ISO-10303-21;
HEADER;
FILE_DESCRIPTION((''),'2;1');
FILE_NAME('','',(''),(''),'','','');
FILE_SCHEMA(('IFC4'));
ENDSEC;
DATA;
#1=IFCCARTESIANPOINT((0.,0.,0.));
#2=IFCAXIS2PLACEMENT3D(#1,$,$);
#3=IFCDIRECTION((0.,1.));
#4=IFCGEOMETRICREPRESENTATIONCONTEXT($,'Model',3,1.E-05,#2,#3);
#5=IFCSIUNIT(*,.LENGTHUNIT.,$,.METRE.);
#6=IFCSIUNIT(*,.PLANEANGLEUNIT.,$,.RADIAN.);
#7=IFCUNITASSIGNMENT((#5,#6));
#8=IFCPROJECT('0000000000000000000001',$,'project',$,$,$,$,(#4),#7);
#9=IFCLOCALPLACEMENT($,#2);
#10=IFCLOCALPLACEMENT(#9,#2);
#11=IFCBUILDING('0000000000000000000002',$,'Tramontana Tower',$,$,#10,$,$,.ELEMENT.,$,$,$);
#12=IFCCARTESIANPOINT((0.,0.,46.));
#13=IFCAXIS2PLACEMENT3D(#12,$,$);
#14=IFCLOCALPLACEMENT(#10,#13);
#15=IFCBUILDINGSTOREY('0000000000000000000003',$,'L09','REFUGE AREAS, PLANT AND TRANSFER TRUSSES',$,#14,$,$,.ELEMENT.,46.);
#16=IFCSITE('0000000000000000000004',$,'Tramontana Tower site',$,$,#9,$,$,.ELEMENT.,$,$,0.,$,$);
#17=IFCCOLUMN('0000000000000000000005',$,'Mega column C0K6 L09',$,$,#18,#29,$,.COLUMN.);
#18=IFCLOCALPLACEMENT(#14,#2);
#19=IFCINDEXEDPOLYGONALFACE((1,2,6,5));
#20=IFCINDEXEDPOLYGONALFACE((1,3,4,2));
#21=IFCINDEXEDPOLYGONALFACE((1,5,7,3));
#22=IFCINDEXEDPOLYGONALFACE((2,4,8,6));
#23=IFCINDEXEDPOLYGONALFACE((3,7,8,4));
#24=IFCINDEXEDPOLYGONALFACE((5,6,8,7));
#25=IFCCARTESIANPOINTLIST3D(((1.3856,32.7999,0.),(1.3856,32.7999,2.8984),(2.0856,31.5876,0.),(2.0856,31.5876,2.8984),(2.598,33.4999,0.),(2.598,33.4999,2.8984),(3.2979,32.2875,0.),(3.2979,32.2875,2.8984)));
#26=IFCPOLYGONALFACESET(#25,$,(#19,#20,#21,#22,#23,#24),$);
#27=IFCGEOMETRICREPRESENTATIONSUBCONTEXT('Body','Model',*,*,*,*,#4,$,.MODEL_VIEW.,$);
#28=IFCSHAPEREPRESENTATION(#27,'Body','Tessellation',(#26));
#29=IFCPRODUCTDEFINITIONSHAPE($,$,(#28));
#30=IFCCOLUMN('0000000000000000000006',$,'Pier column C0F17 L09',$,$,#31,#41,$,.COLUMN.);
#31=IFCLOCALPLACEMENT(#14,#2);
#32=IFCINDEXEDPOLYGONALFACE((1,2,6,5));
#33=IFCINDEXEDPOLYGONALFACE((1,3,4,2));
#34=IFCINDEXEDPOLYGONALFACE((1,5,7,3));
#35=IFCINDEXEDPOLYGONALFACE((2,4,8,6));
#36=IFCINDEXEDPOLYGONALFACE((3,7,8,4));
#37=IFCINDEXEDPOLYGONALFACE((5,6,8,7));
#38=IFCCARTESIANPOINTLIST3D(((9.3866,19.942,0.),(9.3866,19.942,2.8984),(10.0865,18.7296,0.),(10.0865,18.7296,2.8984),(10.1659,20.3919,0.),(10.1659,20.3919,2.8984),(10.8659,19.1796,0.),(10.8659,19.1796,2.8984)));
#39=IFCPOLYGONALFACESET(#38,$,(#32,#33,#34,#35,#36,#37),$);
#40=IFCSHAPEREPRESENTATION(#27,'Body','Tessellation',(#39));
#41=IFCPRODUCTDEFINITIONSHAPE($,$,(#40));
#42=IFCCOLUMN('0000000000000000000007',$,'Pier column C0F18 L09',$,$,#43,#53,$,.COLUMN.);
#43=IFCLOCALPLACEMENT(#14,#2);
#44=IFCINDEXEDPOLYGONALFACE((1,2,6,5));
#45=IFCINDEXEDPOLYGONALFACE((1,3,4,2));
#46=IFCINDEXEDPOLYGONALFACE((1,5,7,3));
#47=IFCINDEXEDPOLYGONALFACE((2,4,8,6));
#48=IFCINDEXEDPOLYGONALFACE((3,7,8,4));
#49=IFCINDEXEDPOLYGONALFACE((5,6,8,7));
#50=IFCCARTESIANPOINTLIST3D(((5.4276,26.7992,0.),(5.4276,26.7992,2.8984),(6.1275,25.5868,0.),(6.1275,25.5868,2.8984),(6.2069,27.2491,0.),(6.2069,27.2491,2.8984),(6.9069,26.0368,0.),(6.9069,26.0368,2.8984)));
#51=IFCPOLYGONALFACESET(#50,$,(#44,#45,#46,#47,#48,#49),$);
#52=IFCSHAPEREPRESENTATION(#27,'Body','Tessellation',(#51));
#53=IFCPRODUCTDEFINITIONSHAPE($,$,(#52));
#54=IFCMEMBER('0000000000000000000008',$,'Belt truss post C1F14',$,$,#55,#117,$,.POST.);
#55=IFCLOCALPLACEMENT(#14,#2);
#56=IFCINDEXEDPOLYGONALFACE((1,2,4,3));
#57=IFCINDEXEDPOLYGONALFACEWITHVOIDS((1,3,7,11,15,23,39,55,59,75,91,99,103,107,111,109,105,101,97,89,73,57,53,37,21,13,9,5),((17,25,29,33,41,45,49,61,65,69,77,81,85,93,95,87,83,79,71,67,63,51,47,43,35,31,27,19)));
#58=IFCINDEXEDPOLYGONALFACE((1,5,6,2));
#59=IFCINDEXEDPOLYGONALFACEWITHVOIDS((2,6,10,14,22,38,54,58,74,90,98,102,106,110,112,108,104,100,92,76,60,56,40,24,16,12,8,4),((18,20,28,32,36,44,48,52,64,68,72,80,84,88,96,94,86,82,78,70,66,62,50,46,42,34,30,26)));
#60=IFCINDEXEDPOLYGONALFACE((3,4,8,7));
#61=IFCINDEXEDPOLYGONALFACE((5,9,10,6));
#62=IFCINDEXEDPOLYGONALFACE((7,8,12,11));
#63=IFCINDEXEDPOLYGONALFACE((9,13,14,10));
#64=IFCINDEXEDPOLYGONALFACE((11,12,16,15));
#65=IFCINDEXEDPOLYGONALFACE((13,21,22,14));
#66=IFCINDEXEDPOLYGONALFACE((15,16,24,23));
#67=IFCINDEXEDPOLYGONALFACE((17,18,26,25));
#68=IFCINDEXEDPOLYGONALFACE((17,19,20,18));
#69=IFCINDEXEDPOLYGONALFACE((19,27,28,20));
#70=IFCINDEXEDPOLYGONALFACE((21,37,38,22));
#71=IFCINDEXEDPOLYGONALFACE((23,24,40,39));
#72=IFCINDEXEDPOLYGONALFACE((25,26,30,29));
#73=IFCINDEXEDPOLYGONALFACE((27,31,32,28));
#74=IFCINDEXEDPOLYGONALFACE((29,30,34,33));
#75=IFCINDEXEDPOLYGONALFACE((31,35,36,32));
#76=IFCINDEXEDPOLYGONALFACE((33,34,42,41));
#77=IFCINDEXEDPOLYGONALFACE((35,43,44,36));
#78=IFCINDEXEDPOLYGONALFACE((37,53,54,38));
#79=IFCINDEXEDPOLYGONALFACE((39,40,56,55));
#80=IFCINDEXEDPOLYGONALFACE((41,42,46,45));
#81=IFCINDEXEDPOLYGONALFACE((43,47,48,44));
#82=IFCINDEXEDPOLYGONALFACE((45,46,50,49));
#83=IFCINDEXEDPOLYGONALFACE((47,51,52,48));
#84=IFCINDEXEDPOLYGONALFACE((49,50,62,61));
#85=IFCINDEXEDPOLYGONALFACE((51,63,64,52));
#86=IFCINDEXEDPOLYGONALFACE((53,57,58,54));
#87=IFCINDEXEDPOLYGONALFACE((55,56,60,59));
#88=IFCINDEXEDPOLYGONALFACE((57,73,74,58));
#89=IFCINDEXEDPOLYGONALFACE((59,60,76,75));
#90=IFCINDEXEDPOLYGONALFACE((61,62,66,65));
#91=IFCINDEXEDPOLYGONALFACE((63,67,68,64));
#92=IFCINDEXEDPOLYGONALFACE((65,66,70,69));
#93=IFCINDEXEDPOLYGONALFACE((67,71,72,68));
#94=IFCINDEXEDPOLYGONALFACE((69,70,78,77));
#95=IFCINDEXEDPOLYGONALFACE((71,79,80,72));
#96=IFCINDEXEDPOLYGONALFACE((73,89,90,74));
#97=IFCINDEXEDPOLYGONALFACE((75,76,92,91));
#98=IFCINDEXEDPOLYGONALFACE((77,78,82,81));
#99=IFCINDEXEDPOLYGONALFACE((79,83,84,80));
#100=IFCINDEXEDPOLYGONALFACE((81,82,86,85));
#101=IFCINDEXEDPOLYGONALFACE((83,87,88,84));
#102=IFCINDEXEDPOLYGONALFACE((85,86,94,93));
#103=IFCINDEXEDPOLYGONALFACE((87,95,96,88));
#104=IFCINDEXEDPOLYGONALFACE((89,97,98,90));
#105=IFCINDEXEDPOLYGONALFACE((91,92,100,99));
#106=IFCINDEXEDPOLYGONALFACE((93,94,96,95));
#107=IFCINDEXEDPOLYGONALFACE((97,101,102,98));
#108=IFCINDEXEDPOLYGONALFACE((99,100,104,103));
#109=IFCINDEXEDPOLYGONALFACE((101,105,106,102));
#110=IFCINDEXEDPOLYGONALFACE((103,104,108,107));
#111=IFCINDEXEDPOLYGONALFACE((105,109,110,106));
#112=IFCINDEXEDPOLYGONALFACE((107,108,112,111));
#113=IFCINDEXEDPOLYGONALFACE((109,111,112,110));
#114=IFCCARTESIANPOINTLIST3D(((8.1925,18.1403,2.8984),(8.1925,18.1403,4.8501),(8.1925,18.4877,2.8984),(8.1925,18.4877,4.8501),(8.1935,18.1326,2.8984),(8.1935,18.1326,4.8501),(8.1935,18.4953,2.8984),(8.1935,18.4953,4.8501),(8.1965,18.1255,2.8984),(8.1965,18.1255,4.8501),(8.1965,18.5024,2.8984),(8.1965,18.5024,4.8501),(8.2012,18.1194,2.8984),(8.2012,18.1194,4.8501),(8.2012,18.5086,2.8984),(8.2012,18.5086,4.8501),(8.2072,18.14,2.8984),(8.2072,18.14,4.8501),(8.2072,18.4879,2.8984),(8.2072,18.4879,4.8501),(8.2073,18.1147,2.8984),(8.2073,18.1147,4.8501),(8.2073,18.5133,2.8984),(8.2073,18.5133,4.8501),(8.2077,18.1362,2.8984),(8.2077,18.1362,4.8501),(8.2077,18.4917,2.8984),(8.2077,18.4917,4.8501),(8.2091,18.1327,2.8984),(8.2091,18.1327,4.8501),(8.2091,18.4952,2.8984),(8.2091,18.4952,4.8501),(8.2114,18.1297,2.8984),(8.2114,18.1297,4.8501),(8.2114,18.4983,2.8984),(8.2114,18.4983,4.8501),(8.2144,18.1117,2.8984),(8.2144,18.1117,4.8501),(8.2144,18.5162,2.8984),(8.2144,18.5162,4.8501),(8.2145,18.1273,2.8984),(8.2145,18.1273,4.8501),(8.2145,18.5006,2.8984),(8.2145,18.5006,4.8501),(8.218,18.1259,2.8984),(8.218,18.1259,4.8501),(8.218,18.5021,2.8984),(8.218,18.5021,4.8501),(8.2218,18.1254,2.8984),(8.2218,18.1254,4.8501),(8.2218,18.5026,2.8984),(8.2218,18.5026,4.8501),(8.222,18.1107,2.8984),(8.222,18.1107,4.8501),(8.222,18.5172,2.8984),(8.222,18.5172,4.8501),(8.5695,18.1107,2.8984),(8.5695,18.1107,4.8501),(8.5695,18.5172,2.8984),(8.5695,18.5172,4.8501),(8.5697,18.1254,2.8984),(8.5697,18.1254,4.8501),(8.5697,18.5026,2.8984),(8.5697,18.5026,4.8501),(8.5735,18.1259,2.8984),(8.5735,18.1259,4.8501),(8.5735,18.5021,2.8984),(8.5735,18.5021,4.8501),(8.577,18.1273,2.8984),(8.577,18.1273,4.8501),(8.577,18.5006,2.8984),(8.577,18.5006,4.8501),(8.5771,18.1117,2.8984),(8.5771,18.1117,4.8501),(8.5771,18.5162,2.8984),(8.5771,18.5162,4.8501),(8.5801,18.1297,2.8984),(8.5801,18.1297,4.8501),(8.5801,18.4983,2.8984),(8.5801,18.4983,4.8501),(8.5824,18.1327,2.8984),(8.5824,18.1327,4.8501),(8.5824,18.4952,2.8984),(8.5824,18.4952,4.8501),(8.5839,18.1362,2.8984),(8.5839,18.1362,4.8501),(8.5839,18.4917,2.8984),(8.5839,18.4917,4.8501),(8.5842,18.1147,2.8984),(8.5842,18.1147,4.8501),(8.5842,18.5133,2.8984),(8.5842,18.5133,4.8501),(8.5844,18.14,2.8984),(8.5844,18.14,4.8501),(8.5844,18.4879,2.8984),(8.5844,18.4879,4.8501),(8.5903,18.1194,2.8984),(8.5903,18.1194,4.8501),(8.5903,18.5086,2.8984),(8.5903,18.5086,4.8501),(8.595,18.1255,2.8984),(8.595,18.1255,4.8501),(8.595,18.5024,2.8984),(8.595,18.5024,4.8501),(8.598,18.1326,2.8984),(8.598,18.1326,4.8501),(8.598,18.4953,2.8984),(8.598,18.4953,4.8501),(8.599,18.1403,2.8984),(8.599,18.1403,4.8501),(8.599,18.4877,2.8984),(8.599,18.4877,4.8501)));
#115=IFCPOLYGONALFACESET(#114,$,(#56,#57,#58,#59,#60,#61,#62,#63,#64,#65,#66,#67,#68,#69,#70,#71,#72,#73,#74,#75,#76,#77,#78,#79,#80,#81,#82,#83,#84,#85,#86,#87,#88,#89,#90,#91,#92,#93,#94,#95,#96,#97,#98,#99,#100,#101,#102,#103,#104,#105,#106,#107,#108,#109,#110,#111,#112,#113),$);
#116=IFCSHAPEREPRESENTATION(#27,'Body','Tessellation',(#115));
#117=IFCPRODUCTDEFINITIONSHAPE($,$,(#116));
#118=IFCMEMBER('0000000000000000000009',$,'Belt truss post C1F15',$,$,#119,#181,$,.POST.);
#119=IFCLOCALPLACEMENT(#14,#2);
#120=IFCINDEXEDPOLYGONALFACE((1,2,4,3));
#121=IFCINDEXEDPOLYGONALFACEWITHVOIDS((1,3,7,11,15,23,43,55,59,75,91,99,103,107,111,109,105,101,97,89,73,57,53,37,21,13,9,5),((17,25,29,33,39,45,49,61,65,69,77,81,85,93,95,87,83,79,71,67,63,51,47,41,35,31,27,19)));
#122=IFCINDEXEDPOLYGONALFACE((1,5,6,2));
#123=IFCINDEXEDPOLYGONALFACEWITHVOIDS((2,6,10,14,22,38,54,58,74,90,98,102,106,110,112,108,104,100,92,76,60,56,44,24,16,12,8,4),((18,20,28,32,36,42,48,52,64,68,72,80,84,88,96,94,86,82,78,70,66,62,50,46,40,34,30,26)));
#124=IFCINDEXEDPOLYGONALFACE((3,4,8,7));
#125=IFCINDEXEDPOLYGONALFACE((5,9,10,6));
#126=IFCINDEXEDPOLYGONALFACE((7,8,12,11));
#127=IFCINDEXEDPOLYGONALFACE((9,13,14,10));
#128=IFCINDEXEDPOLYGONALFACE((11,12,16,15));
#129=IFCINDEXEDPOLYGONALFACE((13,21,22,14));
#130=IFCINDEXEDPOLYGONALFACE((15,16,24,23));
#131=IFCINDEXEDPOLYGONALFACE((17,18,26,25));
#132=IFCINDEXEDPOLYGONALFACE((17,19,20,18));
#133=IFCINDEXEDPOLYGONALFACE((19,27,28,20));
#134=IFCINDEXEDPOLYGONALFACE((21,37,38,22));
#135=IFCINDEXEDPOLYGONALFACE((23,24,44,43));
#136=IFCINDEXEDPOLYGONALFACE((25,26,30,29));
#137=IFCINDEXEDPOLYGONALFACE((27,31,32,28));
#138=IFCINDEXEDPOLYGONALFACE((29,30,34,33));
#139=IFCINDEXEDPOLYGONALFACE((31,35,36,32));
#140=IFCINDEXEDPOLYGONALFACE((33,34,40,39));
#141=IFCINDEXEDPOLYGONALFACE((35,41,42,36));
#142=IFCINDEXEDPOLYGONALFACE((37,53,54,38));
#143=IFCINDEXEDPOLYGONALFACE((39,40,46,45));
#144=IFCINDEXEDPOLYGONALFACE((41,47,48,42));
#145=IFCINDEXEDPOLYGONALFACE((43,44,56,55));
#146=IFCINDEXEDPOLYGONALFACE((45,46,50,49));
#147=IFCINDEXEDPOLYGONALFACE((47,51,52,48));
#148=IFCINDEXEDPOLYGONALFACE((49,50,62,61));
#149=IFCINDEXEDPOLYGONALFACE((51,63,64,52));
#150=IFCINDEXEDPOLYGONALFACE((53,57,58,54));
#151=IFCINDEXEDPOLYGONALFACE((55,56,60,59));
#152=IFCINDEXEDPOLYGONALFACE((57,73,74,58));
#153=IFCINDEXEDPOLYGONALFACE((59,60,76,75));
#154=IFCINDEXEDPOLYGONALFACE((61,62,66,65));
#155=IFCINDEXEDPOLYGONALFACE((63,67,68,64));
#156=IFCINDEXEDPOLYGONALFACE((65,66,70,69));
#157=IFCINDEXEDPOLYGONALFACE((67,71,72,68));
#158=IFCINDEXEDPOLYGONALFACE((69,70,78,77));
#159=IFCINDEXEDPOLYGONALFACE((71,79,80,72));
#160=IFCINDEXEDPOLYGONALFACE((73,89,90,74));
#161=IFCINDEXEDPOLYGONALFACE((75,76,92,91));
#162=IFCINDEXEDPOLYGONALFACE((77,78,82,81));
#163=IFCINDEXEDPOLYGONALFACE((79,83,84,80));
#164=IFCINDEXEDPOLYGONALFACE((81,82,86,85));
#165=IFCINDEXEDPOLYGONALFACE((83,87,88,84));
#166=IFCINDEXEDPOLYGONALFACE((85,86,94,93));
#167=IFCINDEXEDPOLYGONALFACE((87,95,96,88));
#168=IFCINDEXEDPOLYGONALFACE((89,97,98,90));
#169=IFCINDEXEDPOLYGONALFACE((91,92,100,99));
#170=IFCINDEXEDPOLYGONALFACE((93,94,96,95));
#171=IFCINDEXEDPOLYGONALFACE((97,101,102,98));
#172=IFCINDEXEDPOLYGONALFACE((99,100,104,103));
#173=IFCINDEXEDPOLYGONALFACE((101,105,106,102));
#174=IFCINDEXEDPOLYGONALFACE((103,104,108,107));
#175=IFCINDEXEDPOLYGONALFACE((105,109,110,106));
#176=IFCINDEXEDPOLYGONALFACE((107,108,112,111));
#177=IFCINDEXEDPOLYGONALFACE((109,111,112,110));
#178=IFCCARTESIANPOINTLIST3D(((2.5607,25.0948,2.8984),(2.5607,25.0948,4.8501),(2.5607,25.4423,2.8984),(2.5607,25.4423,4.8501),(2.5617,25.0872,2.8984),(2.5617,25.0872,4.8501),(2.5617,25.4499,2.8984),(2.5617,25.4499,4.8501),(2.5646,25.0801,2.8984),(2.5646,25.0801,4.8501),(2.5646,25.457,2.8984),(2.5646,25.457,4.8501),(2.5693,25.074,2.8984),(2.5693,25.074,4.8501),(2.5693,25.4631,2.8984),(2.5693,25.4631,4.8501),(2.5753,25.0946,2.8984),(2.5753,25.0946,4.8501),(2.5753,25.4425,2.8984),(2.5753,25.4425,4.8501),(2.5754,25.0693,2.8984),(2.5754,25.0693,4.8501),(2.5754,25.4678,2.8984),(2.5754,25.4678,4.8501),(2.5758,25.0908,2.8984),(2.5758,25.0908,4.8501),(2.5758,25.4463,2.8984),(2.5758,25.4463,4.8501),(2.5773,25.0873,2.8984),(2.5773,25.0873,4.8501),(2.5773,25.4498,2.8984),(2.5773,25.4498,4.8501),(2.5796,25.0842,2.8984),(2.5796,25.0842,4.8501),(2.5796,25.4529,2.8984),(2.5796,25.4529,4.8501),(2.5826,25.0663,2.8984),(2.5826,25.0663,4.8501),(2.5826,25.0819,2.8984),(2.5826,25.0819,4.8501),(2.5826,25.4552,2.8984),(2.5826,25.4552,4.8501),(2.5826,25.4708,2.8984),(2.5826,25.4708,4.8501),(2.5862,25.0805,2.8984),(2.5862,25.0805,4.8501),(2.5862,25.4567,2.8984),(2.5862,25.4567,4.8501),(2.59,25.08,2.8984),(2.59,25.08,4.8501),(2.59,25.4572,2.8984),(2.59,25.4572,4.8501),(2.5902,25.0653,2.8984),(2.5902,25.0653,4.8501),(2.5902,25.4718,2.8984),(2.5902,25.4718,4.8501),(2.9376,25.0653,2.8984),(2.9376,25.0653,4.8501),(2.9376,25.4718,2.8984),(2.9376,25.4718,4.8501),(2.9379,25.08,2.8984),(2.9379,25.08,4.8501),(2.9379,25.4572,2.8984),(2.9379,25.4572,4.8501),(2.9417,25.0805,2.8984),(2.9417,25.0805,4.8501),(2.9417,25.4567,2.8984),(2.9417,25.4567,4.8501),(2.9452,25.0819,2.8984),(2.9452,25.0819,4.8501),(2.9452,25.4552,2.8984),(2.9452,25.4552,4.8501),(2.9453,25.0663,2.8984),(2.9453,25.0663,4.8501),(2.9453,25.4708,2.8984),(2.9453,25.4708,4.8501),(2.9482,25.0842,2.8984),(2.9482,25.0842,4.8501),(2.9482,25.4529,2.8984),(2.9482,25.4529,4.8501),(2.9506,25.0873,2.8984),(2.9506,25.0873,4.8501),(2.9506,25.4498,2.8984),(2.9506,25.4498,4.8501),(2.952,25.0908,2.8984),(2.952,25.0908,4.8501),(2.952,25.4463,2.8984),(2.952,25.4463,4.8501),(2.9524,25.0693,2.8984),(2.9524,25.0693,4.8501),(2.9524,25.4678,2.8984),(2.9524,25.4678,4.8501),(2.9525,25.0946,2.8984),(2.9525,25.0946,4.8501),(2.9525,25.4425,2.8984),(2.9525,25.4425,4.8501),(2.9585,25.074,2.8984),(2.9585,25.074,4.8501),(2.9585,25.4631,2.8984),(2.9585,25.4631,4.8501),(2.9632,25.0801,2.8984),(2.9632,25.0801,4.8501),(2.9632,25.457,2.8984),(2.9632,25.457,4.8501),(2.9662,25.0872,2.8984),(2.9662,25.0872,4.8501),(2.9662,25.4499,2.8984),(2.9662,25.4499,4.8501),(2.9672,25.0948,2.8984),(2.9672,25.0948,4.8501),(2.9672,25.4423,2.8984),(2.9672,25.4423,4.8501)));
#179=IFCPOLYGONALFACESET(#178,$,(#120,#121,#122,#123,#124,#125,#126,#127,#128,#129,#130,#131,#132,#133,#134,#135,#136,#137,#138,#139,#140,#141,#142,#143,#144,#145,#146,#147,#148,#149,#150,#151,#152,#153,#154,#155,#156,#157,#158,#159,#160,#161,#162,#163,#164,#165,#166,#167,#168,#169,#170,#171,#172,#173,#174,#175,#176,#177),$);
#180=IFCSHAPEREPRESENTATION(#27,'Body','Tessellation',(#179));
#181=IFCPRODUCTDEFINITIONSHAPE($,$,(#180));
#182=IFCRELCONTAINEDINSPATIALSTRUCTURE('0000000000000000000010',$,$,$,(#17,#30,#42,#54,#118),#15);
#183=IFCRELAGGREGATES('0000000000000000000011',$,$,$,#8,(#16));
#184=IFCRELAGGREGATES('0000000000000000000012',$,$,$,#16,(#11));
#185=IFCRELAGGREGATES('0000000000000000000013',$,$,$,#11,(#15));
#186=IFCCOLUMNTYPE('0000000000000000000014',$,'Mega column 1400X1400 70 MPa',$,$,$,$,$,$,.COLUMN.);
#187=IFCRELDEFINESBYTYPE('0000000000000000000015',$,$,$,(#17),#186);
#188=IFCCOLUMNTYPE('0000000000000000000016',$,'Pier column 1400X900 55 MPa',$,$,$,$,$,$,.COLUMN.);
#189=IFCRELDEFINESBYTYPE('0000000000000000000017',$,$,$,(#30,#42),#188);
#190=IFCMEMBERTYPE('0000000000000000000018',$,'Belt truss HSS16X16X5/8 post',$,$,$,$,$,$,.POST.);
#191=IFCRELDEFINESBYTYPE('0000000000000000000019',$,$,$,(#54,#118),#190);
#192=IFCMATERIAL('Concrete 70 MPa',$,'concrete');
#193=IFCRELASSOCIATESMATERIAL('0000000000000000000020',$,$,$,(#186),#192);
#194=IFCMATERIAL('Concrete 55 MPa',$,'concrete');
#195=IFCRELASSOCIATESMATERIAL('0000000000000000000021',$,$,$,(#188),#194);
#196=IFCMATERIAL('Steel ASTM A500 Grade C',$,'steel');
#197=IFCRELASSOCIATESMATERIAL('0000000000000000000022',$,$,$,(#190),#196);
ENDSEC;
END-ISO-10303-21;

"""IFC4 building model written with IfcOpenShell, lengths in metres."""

from ifc_helpers import new_model, si_unit, direction, frame, origin, origin_2d, place, context, subcontext, project, spatial, rectangle, hollow_rectangle, extrude, material, material_profile, profile_set, type_object, element, save


model = new_model("IFC4")

# Units and contexts
model_context = context("Model", 3, precision=1e-05, world=origin(), true_north=direction((0.0, 1.0)))
body_context = subcontext(model_context, "Body", "Model", "MODEL_VIEW")
ifc_project = project(units=[si_unit("LENGTHUNIT", "METRE"), si_unit("PLANEANGLEUNIT", "RADIAN")], contexts=[model_context])

# Site, building, storey
site_placement = place(None, origin())
site = spatial("IfcSite", under=ifc_project, at=site_placement, Name="Tramontana Tower site", CompositionType="ELEMENT", RefElevation=0.0)
building_placement = place(site_placement, origin())
building = spatial("IfcBuilding", under=site, at=building_placement, Name="Tramontana Tower", CompositionType="ELEMENT")
storey_placement = place(building_placement, frame((0.0, 0.0, 46.0)))
storey = spatial("IfcBuildingStorey", under=building, at=storey_placement, Name="L09", Description="REFUGE AREAS, PLANT AND TRANSFER TRUSSES", CompositionType="ELEMENT", Elevation=46.0)

# Columns
ifc_material_1 = material(Name="Concrete 70 MPa", Category="concrete")
ifc_material_profile_1 = material_profile(ifc_material_1, rectangle(XDim=1.3999, YDim=1.3999, at=origin_2d()), Name="Mega column 1400X1400 70 MPa")
ifc_profile_set_1 = profile_set([ifc_material_profile_1], Name="Concrete 70 MPa")
column_type_1 = type_object("IfcColumnType", Name="Mega column 1400X1400 70 MPa", PredefinedType="COLUMN", material=ifc_profile_set_1)
column_placement = place(storey_placement, frame((2.3418, 32.5437, 0.0), z_axis=(0.0, 0.0, 1.0), x_axis=(-0.5, 0.866025, 0.0)))
element("IfcColumn", 1, at=column_placement, inside=storey, type_object=column_type_1, Name="Mega column C0K6 L09", PredefinedType="COLUMN", context=body_context, shape_type="SweptSolid", body=[
    extrude(rectangle(XDim=1.3999, YDim=1.3999, at=origin_2d()), origin(), (0.0, 0.0, 1.0), 2.8984),
])
ifc_material_2 = material(Name="Concrete 55 MPa", Category="concrete")
ifc_material_profile_2 = material_profile(ifc_material_2, rectangle(XDim=1.3999, YDim=0.8999, at=origin_2d()), Name="Pier column 1400X900 55 MPa")
ifc_profile_set_2 = profile_set([ifc_material_profile_2], Name="Concrete 55 MPa")
column_type_2 = type_object("IfcColumnType", Name="Pier column 1400X900 55 MPa", PredefinedType="COLUMN", material=ifc_profile_set_2)
for number, where, z_axis, x_axis, name in (
    (2, (10.1262, 19.5608, 0.0), (0.0, 0.0, 1.0), (-0.5, 0.866025, 0.0), "Pier column C0F17 L09"),
    (3, (6.1672, 26.418, 0.0), (0.0, 0.0, 1.0), (-0.5, 0.866025, 0.0), "Pier column C0F18 L09"),
):
    element("IfcColumn", number, at=place(storey_placement, frame(where, z_axis=z_axis, x_axis=x_axis)), inside=storey, type_object=column_type_2, Name=name, PredefinedType="COLUMN", context=body_context, shape_type="SweptSolid", body=[
        extrude(rectangle(XDim=1.3999, YDim=0.8999, at=origin_2d()), origin(), (0.0, 0.0, 1.0), 2.8984),
    ])

# Members
ifc_material_3 = material(Name="Steel ASTM A500 Grade C", Category="steel")
ifc_material_profile_3 = material_profile(ifc_material_3, hollow_rectangle(XDim=0.4065, YDim=0.4065, WallThickness=0.0146, InnerFilletRadius=0.0146, OuterFilletRadius=0.0295, at=origin_2d()), Name="HSS16X16X5/8")
ifc_profile_set_3 = profile_set([ifc_material_profile_3], Name="Steel ASTM A500 Grade C")
member_type_1 = type_object("IfcMemberType", Name="Belt truss HSS16X16X5/8 post", PredefinedType="POST", material=ifc_profile_set_3)
for number, where, z_axis, x_axis, name in (
    (4, (8.3958, 18.314, 2.8984), (0.0, 0.0, 1.0), (1.0, 0.0, 0.0), "Belt truss post C1F14"),
    (5, (2.7639, 25.2686, 2.8984), (0.0, 0.0, 1.0), (1.0, 0.0, 0.0), "Belt truss post C1F15"),
):
    element("IfcMember", number, at=place(storey_placement, frame(where, z_axis=z_axis, x_axis=x_axis)), inside=storey, type_object=member_type_1, Name=name, PredefinedType="POST", context=body_context, shape_type="SweptSolid", body=[
        extrude(hollow_rectangle(XDim=0.4065, YDim=0.4065, WallThickness=0.0146, InnerFilletRadius=0.0146, OuterFilletRadius=0.0295, at=origin_2d()), origin(), (0.0, 0.0, 1.0), 1.9517),
    ])

save(model, "model.ifc")
